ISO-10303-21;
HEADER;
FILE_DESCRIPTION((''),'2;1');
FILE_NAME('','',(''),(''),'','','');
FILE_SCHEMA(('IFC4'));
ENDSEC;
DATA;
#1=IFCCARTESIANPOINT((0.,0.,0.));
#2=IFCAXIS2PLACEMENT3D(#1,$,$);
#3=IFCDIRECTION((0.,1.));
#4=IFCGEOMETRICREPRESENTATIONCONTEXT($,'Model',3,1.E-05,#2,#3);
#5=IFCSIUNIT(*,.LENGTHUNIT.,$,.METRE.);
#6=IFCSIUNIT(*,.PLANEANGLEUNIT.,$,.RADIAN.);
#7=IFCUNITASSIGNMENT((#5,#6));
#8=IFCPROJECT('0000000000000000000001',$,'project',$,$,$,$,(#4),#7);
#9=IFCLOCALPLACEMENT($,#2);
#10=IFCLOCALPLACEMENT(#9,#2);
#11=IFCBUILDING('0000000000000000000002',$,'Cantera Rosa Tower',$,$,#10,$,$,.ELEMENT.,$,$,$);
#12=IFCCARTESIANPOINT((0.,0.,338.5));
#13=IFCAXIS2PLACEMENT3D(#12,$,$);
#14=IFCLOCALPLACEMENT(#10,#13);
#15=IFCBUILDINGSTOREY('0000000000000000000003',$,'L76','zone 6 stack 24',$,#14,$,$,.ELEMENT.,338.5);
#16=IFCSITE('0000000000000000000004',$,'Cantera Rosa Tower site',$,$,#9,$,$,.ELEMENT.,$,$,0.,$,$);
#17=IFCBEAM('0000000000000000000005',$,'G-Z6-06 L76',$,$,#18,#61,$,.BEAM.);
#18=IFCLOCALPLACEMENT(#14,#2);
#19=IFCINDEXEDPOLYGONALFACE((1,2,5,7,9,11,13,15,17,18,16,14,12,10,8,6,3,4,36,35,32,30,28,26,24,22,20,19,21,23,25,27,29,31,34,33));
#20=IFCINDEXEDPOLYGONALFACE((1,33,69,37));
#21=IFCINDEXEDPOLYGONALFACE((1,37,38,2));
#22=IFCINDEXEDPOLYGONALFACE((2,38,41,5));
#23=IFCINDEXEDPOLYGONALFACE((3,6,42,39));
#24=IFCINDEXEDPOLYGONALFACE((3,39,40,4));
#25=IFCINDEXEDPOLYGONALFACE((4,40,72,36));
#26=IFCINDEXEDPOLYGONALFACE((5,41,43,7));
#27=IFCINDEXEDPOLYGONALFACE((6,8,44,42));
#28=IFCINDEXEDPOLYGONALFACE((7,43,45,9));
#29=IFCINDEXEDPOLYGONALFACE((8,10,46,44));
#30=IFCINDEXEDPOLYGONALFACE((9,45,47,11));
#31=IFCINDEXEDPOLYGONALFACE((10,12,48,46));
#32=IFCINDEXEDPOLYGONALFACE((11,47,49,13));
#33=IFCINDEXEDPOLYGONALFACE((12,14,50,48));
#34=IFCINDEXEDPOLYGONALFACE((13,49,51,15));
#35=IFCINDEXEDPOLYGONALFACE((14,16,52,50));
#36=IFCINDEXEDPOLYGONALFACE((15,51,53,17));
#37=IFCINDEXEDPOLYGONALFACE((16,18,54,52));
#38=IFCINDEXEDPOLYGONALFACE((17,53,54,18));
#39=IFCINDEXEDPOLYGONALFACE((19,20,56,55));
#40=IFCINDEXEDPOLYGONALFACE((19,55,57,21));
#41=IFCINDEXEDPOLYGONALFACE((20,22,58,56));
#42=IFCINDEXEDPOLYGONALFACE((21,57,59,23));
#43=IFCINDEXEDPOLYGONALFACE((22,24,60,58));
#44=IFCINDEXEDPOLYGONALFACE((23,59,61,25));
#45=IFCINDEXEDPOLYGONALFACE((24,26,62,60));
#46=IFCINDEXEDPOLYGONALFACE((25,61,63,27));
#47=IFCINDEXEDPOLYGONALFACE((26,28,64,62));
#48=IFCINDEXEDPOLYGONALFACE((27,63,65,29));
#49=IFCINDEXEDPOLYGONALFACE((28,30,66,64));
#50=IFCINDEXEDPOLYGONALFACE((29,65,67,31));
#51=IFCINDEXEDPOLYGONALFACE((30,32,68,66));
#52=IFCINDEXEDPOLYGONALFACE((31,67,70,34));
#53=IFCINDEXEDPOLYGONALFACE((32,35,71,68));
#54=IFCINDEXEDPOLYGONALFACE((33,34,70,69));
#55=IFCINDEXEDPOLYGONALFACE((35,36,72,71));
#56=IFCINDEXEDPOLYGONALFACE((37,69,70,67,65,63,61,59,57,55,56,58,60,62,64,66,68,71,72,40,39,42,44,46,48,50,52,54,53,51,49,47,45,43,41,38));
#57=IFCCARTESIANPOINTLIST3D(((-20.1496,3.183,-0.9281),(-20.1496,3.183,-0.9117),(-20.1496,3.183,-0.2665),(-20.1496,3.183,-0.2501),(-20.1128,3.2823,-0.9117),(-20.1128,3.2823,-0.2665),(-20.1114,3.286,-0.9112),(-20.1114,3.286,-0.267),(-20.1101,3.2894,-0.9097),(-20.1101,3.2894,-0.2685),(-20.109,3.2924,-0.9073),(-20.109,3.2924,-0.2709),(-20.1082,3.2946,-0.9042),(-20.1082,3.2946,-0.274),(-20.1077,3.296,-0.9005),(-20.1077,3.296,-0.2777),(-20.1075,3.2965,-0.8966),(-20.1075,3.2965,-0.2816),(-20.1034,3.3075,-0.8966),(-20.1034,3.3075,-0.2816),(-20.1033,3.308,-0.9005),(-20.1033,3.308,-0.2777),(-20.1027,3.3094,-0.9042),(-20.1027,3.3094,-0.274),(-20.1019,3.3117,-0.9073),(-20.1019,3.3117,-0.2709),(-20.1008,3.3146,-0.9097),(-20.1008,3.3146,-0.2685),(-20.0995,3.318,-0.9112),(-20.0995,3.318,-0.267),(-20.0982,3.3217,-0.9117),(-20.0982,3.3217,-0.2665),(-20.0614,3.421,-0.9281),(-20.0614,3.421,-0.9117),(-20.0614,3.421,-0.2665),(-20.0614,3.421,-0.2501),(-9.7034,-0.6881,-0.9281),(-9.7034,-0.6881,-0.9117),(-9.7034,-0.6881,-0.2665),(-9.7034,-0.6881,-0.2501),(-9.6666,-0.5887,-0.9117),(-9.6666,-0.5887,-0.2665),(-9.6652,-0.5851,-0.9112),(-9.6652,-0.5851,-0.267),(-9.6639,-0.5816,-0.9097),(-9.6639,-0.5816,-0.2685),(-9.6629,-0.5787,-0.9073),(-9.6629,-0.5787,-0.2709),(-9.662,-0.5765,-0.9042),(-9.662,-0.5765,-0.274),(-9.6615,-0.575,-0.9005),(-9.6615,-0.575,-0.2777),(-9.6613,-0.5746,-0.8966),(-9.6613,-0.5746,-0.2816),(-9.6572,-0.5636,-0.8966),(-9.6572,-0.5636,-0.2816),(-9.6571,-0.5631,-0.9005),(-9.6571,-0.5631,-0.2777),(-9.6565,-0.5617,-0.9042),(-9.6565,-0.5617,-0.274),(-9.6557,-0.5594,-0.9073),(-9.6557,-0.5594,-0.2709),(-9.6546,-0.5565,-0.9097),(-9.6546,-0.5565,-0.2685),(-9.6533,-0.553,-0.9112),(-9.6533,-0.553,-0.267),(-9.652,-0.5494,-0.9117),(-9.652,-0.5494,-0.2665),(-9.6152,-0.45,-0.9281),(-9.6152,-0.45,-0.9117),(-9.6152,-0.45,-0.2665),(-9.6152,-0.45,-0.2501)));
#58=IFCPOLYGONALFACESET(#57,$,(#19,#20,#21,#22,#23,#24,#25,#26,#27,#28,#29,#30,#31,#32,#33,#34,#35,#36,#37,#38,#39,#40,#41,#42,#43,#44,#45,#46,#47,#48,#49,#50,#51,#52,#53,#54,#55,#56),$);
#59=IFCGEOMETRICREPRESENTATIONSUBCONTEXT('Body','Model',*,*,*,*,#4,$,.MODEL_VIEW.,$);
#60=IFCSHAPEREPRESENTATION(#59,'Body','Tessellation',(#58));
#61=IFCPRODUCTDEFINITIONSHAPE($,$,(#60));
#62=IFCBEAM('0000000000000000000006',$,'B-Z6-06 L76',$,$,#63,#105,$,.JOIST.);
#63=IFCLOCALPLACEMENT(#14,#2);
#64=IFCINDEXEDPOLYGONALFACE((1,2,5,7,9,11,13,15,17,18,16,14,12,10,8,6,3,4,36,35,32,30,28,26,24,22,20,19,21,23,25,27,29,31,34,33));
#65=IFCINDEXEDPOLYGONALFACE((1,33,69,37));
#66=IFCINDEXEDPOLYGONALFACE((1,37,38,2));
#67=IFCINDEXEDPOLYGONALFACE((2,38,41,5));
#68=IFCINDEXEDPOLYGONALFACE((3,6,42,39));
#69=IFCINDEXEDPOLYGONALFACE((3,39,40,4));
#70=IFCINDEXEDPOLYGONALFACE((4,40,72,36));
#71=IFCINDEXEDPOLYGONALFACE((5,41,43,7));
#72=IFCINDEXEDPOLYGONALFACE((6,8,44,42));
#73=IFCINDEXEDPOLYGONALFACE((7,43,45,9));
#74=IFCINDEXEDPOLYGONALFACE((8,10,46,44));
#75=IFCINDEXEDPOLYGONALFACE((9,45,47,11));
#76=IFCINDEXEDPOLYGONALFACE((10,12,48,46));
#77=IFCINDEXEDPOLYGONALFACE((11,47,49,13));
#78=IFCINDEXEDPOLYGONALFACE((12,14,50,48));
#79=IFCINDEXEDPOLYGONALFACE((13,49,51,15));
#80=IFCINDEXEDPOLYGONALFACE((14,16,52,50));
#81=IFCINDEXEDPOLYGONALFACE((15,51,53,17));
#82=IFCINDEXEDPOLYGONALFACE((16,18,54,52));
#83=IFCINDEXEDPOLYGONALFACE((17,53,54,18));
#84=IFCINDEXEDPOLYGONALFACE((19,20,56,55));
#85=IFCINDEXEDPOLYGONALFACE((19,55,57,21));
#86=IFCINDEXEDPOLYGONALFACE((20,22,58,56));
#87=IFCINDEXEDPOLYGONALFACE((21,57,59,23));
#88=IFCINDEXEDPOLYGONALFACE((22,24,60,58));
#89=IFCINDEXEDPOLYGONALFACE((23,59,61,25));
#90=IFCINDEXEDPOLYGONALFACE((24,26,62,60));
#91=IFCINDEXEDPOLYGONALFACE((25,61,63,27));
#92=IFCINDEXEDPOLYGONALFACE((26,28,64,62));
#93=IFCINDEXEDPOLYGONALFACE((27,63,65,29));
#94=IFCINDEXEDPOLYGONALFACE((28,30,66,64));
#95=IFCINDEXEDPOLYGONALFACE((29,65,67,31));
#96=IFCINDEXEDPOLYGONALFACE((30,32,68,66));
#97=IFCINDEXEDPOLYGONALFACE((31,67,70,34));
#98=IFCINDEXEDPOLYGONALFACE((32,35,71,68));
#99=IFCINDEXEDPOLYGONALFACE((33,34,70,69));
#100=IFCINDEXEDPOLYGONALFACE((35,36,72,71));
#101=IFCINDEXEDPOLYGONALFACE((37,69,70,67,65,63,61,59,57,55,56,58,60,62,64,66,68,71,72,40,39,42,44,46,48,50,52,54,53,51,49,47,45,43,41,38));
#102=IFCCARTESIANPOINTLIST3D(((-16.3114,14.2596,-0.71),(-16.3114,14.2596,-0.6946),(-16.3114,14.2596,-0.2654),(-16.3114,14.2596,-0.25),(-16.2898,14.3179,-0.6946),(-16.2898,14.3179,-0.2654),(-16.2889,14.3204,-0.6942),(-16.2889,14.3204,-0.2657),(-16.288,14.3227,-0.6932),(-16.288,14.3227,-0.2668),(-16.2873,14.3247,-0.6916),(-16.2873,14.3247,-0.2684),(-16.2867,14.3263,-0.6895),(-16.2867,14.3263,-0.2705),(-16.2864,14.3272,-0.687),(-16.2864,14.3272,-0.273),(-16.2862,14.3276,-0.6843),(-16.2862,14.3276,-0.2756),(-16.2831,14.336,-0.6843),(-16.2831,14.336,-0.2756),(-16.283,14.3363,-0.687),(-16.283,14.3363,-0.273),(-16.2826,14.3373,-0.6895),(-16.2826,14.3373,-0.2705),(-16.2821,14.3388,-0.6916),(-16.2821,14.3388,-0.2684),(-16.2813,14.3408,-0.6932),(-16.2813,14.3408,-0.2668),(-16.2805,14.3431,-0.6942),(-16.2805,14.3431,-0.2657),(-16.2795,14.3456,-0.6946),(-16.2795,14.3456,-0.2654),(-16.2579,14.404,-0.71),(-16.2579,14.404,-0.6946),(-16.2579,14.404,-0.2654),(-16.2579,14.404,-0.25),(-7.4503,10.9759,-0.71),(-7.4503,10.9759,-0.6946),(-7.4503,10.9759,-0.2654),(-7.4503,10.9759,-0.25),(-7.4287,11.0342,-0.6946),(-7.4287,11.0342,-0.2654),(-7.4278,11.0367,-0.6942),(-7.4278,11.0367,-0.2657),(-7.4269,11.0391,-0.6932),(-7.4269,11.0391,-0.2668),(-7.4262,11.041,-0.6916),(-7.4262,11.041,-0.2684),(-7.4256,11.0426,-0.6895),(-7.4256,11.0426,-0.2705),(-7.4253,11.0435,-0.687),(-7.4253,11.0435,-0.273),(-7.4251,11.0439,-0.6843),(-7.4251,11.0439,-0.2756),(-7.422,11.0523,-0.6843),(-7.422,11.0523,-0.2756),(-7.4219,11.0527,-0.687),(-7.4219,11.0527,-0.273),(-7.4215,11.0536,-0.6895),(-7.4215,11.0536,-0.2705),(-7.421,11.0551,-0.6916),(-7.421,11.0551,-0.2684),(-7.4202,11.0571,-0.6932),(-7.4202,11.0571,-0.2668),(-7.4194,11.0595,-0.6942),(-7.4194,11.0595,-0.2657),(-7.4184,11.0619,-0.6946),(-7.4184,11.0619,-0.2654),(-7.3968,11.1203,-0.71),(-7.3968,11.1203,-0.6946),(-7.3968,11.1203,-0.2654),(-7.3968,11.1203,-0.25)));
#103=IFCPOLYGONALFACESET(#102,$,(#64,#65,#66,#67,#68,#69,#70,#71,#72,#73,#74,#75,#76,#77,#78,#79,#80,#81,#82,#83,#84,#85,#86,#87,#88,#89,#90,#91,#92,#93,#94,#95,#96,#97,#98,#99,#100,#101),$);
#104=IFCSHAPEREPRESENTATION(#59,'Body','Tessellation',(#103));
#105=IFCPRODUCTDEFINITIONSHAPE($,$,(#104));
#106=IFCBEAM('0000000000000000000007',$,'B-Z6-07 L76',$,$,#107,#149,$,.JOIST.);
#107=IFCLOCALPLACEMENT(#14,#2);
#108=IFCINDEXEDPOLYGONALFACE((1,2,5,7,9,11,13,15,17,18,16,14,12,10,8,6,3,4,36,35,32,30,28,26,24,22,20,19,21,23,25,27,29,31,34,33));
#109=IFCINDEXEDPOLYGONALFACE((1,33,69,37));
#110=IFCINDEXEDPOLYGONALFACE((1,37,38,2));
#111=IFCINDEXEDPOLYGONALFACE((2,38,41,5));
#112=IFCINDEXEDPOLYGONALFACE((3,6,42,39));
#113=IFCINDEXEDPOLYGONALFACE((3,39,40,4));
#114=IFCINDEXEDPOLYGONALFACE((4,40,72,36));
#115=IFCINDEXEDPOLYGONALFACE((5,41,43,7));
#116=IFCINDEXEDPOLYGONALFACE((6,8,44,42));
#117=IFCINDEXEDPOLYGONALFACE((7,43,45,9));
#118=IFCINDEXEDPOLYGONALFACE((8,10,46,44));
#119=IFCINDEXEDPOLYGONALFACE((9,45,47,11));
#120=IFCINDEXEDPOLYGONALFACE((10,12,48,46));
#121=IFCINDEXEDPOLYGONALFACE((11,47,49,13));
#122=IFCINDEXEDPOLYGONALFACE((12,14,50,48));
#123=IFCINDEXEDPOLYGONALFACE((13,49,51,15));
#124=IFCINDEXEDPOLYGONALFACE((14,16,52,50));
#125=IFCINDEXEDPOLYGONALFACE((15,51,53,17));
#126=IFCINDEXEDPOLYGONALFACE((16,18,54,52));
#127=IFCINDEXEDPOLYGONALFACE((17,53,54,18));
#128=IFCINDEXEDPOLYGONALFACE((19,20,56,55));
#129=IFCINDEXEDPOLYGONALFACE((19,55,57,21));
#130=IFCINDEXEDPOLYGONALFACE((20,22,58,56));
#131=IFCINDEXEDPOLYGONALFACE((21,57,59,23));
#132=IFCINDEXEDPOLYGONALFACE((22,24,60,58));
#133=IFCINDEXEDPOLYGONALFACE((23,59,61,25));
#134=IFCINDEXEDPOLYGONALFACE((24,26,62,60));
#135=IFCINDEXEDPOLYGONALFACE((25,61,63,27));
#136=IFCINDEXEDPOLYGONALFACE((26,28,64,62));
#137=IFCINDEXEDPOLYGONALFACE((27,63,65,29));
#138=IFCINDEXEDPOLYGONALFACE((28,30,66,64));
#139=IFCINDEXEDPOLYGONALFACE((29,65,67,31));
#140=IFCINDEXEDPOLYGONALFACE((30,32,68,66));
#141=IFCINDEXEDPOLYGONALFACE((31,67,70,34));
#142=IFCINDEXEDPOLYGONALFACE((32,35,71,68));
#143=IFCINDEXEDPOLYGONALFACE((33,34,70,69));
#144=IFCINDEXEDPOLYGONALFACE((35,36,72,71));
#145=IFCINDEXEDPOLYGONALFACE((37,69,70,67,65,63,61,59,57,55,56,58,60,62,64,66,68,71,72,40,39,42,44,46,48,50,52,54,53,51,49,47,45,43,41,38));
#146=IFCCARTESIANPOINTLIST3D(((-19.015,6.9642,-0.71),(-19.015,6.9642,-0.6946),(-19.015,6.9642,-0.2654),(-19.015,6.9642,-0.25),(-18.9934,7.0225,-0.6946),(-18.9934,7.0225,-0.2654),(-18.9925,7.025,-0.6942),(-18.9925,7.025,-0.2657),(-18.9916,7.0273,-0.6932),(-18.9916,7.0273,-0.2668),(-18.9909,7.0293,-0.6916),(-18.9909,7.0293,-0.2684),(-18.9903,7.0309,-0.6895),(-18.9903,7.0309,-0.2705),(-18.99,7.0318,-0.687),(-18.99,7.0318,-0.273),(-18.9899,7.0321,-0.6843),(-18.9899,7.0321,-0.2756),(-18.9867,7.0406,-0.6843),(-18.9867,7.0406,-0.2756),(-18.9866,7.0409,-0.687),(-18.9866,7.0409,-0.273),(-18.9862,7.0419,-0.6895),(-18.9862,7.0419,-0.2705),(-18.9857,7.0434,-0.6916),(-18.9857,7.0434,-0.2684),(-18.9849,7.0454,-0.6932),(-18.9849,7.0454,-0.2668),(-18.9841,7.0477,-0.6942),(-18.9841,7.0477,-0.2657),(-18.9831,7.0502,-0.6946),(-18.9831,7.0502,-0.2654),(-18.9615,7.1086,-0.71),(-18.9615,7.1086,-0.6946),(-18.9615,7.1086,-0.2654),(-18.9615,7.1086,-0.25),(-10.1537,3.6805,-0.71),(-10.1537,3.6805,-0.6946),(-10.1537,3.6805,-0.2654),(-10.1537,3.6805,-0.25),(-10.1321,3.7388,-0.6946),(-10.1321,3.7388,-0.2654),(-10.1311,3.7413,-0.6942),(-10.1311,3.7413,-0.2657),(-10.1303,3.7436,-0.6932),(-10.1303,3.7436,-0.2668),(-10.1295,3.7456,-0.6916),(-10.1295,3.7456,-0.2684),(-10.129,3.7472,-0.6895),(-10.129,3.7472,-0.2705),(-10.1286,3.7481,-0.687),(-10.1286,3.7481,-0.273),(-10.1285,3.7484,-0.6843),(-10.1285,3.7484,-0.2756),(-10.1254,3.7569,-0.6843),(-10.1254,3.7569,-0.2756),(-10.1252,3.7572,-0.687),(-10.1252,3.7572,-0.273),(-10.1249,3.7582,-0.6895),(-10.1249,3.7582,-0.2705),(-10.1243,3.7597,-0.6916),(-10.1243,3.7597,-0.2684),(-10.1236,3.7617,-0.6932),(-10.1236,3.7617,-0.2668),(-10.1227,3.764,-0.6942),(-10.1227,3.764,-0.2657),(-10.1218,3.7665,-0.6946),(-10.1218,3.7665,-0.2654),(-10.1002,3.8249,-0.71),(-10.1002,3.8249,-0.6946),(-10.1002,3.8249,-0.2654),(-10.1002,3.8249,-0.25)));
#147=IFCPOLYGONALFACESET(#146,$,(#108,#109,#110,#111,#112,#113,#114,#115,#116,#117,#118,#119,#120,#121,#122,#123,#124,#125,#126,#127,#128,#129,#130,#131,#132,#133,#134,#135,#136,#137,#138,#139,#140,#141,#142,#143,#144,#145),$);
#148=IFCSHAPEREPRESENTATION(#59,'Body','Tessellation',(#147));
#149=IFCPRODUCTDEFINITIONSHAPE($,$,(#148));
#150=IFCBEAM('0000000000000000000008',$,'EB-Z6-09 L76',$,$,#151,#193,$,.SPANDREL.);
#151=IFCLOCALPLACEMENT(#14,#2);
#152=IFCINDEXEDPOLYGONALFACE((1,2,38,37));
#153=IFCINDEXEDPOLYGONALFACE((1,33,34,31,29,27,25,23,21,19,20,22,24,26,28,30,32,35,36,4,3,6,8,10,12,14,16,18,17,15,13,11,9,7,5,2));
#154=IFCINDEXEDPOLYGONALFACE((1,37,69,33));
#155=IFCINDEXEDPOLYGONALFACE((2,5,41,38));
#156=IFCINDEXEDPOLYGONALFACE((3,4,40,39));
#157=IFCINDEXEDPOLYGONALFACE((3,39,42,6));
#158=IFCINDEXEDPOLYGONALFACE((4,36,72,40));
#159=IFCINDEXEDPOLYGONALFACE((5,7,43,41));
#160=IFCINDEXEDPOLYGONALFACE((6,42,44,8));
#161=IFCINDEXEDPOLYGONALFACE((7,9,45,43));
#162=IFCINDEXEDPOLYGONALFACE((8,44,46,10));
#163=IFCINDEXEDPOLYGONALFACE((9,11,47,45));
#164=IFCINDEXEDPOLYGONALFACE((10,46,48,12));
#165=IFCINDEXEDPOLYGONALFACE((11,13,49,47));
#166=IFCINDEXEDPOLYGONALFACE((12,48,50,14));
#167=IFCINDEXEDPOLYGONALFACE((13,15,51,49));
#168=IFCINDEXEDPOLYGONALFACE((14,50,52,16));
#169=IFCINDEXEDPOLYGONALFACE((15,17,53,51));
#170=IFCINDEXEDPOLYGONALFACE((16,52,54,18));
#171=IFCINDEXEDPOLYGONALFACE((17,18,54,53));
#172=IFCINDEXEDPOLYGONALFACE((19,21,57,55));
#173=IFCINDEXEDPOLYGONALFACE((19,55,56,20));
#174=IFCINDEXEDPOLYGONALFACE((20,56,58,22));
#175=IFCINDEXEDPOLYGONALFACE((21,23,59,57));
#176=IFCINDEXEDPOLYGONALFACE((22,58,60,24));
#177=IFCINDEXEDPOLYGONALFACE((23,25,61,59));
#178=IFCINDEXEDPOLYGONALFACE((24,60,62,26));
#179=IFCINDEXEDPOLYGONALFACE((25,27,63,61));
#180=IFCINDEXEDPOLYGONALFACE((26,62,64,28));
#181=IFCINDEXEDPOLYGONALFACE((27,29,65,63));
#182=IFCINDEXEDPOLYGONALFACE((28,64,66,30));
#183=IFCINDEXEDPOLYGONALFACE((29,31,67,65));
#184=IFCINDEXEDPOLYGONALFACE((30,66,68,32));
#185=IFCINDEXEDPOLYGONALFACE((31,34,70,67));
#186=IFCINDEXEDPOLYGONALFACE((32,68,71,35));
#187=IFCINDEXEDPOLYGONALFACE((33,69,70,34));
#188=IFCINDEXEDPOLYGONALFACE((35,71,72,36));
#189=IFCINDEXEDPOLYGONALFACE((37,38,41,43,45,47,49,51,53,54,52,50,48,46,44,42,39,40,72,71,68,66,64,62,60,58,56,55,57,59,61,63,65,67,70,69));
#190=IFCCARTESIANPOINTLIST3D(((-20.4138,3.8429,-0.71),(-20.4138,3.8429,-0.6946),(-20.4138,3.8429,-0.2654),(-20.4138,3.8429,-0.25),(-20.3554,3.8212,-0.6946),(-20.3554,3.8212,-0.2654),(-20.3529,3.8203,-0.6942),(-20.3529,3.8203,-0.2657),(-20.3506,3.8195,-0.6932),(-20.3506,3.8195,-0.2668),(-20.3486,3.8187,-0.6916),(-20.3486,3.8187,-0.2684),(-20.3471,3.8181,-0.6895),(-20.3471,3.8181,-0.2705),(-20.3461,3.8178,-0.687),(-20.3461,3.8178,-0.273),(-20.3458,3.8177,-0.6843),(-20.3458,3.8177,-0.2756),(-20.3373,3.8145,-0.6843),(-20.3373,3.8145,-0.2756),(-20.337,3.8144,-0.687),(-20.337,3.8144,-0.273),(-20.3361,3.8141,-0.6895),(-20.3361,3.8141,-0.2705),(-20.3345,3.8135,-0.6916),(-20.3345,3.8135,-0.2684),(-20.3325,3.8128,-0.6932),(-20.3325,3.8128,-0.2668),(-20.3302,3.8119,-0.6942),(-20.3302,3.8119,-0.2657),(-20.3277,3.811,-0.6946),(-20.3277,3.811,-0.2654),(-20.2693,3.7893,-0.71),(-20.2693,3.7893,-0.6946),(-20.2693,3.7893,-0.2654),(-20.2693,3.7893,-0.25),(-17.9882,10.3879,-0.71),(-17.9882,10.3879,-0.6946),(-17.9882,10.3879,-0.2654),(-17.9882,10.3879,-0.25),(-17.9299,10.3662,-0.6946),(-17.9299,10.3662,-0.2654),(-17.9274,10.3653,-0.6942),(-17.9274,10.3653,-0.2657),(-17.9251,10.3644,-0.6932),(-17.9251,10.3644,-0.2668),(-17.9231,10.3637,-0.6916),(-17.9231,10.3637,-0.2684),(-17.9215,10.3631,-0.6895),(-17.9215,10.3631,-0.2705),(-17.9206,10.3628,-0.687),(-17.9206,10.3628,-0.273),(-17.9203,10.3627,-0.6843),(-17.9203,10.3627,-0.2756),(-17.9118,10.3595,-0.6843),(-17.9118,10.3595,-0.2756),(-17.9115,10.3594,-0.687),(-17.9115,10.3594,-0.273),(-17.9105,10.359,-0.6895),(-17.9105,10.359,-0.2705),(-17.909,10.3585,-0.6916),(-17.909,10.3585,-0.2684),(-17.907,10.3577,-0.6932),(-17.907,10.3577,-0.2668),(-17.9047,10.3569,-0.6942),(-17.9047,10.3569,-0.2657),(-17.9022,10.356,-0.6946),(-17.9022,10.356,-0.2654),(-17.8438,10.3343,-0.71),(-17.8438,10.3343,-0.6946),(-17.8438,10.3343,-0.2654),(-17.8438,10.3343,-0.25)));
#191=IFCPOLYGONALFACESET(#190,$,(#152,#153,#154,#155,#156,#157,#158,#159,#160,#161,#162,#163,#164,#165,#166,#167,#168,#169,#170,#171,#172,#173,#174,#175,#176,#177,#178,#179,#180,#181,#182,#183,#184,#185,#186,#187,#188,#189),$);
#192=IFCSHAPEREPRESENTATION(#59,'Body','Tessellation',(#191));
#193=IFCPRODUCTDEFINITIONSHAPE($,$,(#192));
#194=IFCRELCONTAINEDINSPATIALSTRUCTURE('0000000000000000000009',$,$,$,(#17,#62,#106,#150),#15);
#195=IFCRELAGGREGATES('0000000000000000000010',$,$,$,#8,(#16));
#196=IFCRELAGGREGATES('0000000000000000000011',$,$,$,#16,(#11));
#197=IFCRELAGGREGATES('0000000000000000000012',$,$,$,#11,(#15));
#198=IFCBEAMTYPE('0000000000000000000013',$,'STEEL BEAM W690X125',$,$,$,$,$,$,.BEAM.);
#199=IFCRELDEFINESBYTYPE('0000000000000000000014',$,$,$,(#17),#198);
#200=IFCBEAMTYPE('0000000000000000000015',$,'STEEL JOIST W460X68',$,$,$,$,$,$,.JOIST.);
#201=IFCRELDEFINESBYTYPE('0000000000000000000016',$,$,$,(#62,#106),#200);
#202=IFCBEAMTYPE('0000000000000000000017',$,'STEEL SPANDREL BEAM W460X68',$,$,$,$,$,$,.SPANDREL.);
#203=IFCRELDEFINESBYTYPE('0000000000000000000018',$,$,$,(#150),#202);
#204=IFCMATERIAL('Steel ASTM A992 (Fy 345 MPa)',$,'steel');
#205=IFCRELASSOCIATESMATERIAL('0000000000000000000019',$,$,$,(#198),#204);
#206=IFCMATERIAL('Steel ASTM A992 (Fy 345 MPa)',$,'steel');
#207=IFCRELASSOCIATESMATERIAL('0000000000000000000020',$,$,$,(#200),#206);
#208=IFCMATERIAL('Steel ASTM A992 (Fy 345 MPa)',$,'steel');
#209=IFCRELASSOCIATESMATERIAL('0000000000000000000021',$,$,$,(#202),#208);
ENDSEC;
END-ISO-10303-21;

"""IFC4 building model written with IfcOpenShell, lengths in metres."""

from ifc_helpers import new_model, si_unit, direction, frame, origin, origin_2d, place, context, subcontext, project, spatial, i_section, extrude, material, material_profile, profile_set, type_object, element, save


model = new_model("IFC4")

# Units and contexts
model_context = context("Model", 3, precision=1e-05, world=origin(), true_north=direction((0.0, 1.0)))
body_context = subcontext(model_context, "Body", "Model", "MODEL_VIEW")
ifc_project = project(units=[si_unit("LENGTHUNIT", "METRE"), si_unit("PLANEANGLEUNIT", "RADIAN")], contexts=[model_context])

# Site, building, storey
site_placement = place(None, origin())
site = spatial("IfcSite", under=ifc_project, at=site_placement, Name="Cantera Rosa Tower site", CompositionType="ELEMENT", RefElevation=0.0)
building_placement = place(site_placement, origin())
building = spatial("IfcBuilding", under=site, at=building_placement, Name="Cantera Rosa Tower", CompositionType="ELEMENT")
storey_placement = place(building_placement, frame((0.0, 0.0, 338.5)))
storey = spatial("IfcBuildingStorey", under=building, at=storey_placement, Name="L76", Description="zone 6 stack 24", CompositionType="ELEMENT", Elevation=338.5)

# Beams
ifc_material_1 = material(Name="Steel ASTM A992 (Fy 345 MPa)", Category="steel")
ifc_material_profile_1 = material_profile(ifc_material_1, i_section(OverallWidth=0.2539, OverallDepth=0.678, WebThickness=0.0117, FlangeThickness=0.0164, FilletRadius=0.0151, at=origin_2d()), Name="W690X125")
ifc_profile_set_1 = profile_set([ifc_material_profile_1], Name="Steel ASTM A992 (Fy 345 MPa)")
beam_type_1 = type_object("IfcBeamType", Name="STEEL BEAM W690X125", PredefinedType="BEAM", material=ifc_profile_set_1)
beam_1_placement = place(storey_placement, frame((-20.1055, 3.302, -0.5891), z_axis=(0.937687, -0.34748, 0.0), x_axis=(0.34748, 0.937687, 0.0)))
element("IfcBeam", 1, at=beam_1_placement, inside=storey, type_object=beam_type_1, Name="G-Z6-06 L76", PredefinedType="BEAM", context=body_context, shape_type="SweptSolid", body=[
    extrude(i_section(OverallWidth=0.2539, OverallDepth=0.678, WebThickness=0.0117, FlangeThickness=0.0164, FilletRadius=0.0151, at=origin_2d()), origin(), (0.0, 0.0, 1.0), 11.1404),
])
ifc_material_2 = material(Name="Steel ASTM A992 (Fy 345 MPa)", Category="steel")
ifc_material_profile_2 = material_profile(ifc_material_2, i_section(OverallWidth=0.1541, OverallDepth=0.46, WebThickness=0.009, FlangeThickness=0.0154, FilletRadius=0.0103, at=origin_2d()), Name="W460X68")
ifc_profile_set_2 = profile_set([ifc_material_profile_2], Name="Steel ASTM A992 (Fy 345 MPa)")
beam_type_2 = type_object("IfcBeamType", Name="STEEL JOIST W460X68", PredefinedType="JOIST", material=ifc_profile_set_2)
beam_2_placement = place(storey_placement, frame((-16.2847, 14.3318, -0.48), z_axis=(0.937686, -0.347483, 0.0), x_axis=(0.347483, 0.937686, 0.0)))
element("IfcBeam", 2, at=beam_2_placement, inside=storey, type_object=beam_type_2, Name="B-Z6-06 L76", PredefinedType="JOIST", context=body_context, shape_type="SweptSolid", body=[
    extrude(i_section(OverallWidth=0.1541, OverallDepth=0.46, WebThickness=0.009, FlangeThickness=0.0154, FilletRadius=0.0103, at=origin_2d()), origin(), (0.0, 0.0, 1.0), 9.45),
])
beam_3_placement = place(storey_placement, frame((-18.9883, 7.0364, -0.48), z_axis=(0.93769, -0.347474, 0.0), x_axis=(0.347474, 0.93769, 0.0)))
element("IfcBeam", 3, at=beam_3_placement, inside=storey, type_object=beam_type_2, Name="B-Z6-07 L76", PredefinedType="JOIST", context=body_context, shape_type="SweptSolid", body=[
    extrude(i_section(OverallWidth=0.1541, OverallDepth=0.46, WebThickness=0.009, FlangeThickness=0.0154, FilletRadius=0.0103, at=origin_2d()), origin(), (0.0, 0.0, 1.0), 9.4502),
])
ifc_material_3 = material(Name="Steel ASTM A992 (Fy 345 MPa)", Category="steel")
ifc_material_profile_3 = material_profile(ifc_material_3, i_section(OverallWidth=0.1541, OverallDepth=0.46, WebThickness=0.009, FlangeThickness=0.0154, FilletRadius=0.0103, at=origin_2d()), Name="W460X68")
ifc_profile_set_3 = profile_set([ifc_material_profile_3], Name="Steel ASTM A992 (Fy 345 MPa)")
beam_type_3 = type_object("IfcBeamType", Name="STEEL SPANDREL BEAM W460X68", PredefinedType="SPANDREL", material=ifc_profile_set_3)
beam_4_placement = place(storey_placement, frame((-17.916, 10.3611, -0.48), z_axis=(-0.347502, -0.937679, 0.0), x_axis=(0.937679, -0.347502, 0.0)))
element("IfcBeam", 4, at=beam_4_placement, inside=storey, type_object=beam_type_3, Name="EB-Z6-09 L76", PredefinedType="SPANDREL", context=body_context, shape_type="SweptSolid", body=[
    extrude(i_section(OverallWidth=0.1541, OverallDepth=0.46, WebThickness=0.009, FlangeThickness=0.0154, FilletRadius=0.0103, at=origin_2d()), origin(), (0.0, 0.0, 1.0), 6.98),
])

save(model, "model.ifc")
